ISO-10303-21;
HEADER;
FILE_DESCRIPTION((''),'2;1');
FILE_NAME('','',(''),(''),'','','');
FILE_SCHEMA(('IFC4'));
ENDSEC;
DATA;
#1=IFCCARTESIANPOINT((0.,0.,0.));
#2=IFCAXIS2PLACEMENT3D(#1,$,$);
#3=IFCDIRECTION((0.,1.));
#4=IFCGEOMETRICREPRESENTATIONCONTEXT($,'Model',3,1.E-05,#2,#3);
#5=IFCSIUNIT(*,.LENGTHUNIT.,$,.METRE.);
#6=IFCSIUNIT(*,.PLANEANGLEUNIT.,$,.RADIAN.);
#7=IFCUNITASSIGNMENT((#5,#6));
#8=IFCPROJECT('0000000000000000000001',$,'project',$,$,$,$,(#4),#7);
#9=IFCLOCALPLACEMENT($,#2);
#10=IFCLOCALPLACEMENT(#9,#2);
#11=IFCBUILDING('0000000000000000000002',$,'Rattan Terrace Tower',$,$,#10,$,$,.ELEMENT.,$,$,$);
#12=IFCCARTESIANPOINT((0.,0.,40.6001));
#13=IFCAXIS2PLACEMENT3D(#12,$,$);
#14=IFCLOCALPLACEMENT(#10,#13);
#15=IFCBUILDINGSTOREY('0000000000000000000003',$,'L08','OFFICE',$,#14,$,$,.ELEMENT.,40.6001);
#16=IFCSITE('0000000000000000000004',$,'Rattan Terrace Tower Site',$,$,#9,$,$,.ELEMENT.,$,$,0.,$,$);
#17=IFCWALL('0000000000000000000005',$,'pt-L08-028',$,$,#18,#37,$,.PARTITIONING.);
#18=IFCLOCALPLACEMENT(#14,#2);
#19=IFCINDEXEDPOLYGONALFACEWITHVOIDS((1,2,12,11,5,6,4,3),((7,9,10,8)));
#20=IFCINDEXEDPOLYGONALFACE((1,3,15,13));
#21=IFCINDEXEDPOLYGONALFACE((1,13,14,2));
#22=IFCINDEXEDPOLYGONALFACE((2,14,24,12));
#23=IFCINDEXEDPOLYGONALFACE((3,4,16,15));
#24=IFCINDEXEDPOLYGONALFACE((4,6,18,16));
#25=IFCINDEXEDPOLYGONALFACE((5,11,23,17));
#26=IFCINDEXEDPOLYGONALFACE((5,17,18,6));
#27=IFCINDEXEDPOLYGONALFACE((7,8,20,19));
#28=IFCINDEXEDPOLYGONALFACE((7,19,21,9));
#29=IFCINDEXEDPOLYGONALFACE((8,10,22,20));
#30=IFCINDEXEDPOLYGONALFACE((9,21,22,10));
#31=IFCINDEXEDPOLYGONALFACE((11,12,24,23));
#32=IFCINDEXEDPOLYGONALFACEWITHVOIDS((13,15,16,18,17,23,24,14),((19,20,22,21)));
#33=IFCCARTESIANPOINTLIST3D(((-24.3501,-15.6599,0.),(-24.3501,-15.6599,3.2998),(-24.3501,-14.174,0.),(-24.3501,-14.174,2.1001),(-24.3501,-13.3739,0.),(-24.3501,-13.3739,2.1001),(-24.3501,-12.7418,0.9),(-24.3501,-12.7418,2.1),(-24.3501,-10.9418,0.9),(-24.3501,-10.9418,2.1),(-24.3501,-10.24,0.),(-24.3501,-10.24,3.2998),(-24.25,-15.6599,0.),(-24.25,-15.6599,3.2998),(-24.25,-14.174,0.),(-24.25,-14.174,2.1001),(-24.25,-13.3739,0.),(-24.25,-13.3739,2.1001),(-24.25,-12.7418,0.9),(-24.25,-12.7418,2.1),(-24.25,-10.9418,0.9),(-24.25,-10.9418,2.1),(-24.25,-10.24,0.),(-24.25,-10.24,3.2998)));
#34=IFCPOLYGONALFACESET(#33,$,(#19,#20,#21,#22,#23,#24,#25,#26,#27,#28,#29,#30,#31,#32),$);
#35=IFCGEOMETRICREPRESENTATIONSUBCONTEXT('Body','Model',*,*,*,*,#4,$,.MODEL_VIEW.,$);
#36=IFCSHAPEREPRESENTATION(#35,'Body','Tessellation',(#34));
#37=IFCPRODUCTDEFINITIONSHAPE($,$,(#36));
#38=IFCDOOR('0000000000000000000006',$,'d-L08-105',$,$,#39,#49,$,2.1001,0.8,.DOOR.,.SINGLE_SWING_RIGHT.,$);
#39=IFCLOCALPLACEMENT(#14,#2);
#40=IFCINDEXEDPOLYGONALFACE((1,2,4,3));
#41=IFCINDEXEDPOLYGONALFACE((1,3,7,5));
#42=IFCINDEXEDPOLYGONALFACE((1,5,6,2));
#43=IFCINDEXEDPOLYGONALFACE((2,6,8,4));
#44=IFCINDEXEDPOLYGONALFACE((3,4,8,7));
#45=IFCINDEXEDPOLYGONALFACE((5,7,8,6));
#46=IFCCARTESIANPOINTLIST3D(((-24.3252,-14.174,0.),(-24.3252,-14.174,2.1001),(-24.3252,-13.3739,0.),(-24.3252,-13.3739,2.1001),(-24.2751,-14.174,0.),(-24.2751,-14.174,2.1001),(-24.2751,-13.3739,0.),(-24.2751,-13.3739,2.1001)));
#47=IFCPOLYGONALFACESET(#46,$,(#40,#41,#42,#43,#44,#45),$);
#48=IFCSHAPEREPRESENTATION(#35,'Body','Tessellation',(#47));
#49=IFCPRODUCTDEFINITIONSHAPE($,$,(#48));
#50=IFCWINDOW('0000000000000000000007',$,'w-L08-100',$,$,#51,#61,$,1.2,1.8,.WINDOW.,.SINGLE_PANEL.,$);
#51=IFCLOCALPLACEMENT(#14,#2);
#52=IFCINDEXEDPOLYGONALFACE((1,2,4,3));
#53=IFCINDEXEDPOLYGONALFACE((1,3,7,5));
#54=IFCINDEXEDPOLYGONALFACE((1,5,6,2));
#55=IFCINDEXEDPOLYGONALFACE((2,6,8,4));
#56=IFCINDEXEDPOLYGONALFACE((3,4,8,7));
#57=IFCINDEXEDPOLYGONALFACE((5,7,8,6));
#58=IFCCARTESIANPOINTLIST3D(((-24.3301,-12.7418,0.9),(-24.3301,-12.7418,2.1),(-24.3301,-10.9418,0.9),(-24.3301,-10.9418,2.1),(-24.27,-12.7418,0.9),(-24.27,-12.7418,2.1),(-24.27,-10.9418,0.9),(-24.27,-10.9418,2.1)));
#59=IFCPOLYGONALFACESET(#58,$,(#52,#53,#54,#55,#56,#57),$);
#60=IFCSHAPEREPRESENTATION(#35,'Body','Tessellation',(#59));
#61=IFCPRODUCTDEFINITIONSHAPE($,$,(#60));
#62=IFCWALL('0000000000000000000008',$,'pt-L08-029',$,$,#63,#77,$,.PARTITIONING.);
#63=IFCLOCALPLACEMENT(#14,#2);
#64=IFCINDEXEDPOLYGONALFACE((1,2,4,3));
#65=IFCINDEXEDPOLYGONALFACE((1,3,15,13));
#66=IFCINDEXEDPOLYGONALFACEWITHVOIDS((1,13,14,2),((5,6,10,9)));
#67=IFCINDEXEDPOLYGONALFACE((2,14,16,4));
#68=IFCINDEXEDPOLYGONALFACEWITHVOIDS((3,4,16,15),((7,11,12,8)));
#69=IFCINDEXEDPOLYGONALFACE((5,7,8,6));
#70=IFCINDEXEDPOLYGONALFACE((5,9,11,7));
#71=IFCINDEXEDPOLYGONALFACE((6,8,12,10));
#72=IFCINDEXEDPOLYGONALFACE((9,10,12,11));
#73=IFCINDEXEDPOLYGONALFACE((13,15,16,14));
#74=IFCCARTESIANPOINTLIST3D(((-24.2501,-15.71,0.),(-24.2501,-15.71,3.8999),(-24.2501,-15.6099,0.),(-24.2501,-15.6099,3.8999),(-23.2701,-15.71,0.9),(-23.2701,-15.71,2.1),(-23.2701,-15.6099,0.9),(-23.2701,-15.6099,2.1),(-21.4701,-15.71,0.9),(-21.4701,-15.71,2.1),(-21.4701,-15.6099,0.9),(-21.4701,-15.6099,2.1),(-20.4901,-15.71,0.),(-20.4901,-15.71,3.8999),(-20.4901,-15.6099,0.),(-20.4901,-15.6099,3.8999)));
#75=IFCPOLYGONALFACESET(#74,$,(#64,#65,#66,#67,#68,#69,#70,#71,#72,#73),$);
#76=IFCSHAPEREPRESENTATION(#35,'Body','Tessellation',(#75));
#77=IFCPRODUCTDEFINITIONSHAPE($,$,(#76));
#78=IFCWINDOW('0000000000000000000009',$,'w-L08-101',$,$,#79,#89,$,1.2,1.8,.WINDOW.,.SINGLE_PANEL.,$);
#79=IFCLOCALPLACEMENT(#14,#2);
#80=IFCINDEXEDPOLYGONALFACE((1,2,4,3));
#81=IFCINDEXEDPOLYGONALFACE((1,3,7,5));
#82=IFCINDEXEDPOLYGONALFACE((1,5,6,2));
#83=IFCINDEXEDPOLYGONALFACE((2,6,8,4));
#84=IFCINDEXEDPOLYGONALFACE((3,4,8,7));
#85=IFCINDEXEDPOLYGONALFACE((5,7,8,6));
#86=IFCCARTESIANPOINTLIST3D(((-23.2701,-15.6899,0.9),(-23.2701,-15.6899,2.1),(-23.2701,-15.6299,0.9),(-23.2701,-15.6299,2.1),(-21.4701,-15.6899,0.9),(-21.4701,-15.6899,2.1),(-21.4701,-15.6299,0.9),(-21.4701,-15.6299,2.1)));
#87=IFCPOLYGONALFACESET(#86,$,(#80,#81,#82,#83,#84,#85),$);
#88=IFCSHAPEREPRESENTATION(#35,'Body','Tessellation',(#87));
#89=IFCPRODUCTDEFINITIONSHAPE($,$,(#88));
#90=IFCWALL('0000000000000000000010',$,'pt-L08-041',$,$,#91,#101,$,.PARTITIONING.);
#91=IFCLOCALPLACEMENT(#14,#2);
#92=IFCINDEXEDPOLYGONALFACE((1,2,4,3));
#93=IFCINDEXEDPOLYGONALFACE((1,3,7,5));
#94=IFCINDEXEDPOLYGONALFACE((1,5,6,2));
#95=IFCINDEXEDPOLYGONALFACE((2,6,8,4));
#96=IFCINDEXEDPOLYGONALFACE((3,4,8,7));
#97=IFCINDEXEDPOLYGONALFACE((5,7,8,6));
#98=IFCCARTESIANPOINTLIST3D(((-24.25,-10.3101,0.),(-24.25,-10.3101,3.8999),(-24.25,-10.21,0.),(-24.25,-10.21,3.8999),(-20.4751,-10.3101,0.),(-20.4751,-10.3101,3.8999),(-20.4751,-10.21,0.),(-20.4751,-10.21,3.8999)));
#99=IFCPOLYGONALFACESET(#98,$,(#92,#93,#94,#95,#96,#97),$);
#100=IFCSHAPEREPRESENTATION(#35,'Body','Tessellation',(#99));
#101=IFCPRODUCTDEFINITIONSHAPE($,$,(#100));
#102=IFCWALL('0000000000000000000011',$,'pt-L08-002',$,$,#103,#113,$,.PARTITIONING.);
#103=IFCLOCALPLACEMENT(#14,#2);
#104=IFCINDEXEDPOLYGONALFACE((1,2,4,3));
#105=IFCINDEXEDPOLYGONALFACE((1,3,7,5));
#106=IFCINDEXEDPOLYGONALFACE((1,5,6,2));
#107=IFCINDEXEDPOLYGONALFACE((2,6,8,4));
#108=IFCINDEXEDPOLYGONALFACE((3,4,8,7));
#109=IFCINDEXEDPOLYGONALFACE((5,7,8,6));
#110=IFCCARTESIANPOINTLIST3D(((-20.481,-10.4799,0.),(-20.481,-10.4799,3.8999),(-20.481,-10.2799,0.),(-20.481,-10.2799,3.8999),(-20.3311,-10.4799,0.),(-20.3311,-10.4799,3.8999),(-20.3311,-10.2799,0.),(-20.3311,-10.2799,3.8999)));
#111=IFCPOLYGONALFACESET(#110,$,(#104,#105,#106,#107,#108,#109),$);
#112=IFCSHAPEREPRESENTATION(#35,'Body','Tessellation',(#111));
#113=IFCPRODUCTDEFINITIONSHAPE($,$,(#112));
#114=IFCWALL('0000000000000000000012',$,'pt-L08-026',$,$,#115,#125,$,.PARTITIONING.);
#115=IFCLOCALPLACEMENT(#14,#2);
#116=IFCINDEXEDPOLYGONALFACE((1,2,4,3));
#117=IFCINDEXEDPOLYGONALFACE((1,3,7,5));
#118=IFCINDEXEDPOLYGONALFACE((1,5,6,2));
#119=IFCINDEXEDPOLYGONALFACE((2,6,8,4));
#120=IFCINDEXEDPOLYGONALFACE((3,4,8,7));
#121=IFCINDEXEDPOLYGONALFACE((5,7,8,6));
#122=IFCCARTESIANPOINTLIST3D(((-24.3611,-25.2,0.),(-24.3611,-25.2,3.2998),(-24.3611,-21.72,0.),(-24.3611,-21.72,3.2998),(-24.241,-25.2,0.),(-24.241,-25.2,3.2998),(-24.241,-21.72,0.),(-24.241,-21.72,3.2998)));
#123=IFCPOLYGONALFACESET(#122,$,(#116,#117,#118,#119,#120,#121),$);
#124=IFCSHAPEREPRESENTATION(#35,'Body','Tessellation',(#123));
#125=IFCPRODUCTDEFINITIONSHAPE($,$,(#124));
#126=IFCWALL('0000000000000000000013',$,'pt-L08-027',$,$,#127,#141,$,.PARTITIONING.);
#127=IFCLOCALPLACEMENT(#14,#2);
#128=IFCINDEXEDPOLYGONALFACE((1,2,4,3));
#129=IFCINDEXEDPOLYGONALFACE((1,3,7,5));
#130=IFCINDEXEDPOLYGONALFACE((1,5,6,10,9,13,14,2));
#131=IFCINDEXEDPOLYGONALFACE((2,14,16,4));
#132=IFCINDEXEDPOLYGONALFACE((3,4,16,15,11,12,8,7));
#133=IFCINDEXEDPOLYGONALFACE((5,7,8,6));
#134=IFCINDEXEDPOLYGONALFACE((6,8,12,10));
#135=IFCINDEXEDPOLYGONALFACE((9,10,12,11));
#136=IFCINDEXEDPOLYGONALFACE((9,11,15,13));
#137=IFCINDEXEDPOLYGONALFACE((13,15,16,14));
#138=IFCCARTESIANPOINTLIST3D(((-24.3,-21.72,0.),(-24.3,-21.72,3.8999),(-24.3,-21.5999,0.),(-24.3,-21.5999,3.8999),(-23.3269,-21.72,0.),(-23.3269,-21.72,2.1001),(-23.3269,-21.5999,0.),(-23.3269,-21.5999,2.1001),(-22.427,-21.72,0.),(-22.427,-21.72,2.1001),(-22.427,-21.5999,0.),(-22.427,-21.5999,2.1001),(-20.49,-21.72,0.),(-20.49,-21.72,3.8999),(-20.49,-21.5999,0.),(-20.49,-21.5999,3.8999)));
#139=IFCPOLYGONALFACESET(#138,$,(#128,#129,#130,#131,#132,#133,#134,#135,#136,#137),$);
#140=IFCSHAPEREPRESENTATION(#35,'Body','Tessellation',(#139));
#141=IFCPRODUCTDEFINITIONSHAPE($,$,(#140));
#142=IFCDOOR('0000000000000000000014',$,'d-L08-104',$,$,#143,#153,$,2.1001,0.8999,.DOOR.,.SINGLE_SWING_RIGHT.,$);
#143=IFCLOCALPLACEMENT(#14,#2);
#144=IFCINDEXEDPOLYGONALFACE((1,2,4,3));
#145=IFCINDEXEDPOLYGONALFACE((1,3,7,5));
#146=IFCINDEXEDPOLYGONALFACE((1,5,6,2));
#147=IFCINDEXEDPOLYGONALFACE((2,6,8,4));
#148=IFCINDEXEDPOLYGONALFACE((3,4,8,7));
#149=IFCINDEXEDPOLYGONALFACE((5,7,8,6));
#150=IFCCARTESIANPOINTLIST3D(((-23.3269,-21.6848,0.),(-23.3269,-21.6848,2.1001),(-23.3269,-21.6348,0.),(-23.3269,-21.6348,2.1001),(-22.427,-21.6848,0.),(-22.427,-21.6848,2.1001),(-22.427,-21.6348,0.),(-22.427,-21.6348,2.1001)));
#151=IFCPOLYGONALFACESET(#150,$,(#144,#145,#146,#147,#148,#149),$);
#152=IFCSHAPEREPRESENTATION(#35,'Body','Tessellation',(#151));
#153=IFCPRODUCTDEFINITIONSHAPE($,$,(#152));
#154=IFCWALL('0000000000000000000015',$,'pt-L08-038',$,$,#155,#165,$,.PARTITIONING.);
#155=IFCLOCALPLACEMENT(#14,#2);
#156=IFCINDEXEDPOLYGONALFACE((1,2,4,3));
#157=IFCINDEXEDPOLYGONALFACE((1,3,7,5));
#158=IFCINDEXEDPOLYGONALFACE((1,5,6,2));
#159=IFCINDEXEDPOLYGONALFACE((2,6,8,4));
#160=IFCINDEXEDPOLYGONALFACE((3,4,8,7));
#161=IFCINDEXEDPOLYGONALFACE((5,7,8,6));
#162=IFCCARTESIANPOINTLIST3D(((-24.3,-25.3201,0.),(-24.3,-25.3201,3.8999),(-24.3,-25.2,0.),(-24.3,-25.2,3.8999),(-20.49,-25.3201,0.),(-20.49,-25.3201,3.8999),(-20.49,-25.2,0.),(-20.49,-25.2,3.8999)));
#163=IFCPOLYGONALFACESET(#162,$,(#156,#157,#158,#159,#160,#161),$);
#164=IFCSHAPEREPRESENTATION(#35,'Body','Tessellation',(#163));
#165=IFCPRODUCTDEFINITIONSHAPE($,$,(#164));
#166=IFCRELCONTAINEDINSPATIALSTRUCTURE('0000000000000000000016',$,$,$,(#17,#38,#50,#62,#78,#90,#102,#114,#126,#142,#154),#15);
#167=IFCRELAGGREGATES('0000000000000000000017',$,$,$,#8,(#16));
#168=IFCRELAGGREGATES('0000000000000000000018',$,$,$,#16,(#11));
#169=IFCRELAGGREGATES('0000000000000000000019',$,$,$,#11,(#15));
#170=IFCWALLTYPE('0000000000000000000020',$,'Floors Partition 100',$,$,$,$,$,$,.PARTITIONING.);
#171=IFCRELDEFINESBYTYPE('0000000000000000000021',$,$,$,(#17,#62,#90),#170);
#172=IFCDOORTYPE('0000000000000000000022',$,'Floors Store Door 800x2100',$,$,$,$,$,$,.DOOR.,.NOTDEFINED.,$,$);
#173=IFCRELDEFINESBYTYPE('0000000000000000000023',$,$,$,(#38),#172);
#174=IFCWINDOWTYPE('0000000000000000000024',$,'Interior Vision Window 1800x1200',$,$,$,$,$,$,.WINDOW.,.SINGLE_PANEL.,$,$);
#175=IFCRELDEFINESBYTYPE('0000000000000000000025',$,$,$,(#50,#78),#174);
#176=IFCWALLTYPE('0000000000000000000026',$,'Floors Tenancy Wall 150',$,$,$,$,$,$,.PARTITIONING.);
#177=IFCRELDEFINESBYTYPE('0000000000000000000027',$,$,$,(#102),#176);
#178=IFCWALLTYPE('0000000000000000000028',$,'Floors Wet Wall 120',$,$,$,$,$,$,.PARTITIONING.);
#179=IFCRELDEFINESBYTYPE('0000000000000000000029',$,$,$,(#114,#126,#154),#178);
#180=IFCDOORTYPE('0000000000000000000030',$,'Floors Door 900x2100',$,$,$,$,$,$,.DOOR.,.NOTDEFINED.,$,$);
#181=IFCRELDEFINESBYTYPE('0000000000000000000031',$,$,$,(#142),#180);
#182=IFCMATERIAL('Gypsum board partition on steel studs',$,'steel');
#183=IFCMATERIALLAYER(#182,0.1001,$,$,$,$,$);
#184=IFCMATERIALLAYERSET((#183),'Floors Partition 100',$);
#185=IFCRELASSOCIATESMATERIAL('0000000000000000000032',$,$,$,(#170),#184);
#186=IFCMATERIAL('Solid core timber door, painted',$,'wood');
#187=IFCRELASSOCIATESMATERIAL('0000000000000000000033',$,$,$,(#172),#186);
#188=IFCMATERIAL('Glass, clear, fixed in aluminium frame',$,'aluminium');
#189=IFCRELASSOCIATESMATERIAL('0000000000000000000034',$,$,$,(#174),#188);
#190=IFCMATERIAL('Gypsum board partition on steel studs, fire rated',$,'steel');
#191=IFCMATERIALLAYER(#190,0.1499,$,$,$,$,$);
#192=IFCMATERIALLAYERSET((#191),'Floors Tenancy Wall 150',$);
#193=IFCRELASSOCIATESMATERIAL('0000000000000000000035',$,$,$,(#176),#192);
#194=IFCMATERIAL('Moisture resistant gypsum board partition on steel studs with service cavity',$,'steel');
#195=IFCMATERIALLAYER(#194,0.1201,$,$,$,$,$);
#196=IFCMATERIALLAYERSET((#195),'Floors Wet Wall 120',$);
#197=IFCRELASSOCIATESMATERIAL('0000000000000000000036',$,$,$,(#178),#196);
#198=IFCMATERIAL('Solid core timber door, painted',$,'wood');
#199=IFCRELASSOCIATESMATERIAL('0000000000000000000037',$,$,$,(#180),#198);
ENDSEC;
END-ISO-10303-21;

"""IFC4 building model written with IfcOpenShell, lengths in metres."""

from ifc_helpers import new_model, si_unit, direction, frame, frame_2d, origin, place, context, subcontext, project, spatial, rectangle, extrude, material, layer, layer_set, type_object, element, fill, save


model = new_model("IFC4")

# Units and contexts
model_context = context("Model", 3, precision=1e-05, world=origin(), true_north=direction((0.0, 1.0)))
body_context = subcontext(model_context, "Body", "Model", "MODEL_VIEW")
ifc_project = project(units=[si_unit("LENGTHUNIT", "METRE"), si_unit("PLANEANGLEUNIT", "RADIAN")], contexts=[model_context])

# Site, building, storey
site_placement = place(None, origin())
site = spatial("IfcSite", under=ifc_project, at=site_placement, Name="Rattan Terrace Tower Site", CompositionType="ELEMENT", RefElevation=0.0)
building_placement = place(site_placement, origin())
building = spatial("IfcBuilding", under=site, at=building_placement, Name="Rattan Terrace Tower", CompositionType="ELEMENT")
storey_placement = place(building_placement, frame((0.0, 0.0, 40.6001)))
storey = spatial("IfcBuildingStorey", under=building, at=storey_placement, Name="L08", Description="OFFICE", CompositionType="ELEMENT", Elevation=40.6001)

# Shared definitions
ifc_material_1 = material(Name="Gypsum board partition on steel studs", Category="steel")
ifc_layer_1 = layer(ifc_material_1, 0.1001)
ifc_layer_set_1 = layer_set([ifc_layer_1], Name="Floors Partition 100")
wall_type_1 = type_object("IfcWallType", Name="Floors Partition 100", PredefinedType="PARTITIONING", material=ifc_layer_set_1)
ifc_material_2 = material(Name="Solid core timber door, painted", Category="wood")
door_type_1 = type_object("IfcDoorType", Name="Floors Store Door 800x2100", OperationType="NOTDEFINED", PredefinedType="DOOR", material=ifc_material_2)

# Wall, openings, door, window
wall_1_placement = place(storey_placement, frame((-24.3, -10.24, 0.0), z_axis=(0.0, 0.0, 1.0), x_axis=(0.0, -1.0, 0.0)))
wall_1 = element("IfcWall", 1, at=wall_1_placement, inside=storey, type_object=wall_type_1, Name="pt-L08-028", PredefinedType="PARTITIONING", context=body_context, shape_type="SweptSolid", body=[
    extrude(rectangle(XDim=5.4199, YDim=0.1001, at=frame_2d((2.71, 0.0))), origin(), (0.0, 0.0, 1.0), 3.2998),
])
opening_1_placement = place(wall_1_placement, frame((3.134, 0.0, 0.0)))
opening_1 = element("IfcOpeningElement", 2, at=opening_1_placement, cuts=wall_1, PredefinedType="OPENING", context=body_context, shape_type="SweptSolid", body=[
    extrude(rectangle(XDim=0.8, YDim=2.1001, at=frame_2d((0.3999, 1.05))), frame((0.0, 0.0605, 0.0), z_axis=(0.0, -1.0, 0.0), x_axis=(1.0, 0.0, 0.0)), (0.0, 0.0, 1.0), 0.1211),
])
opening_2_placement = place(wall_1_placement, frame((0.7019, 0.0, 0.8999)))
opening_2 = element("IfcOpeningElement", 3, at=opening_2_placement, cuts=wall_1, PredefinedType="OPENING", context=body_context, shape_type="SweptSolid", body=[
    extrude(rectangle(XDim=1.8, YDim=1.2, at=frame_2d((0.8999, 0.6001))), frame((0.0, 0.0605, 0.0), z_axis=(0.0, -1.0, 0.0), x_axis=(1.0, 0.0, 0.0)), (0.0, 0.0, 1.0), 0.1211),
])
door_1_placement = place(opening_1_placement, origin())
door_1 = element("IfcDoor", 4, at=door_1_placement, inside=storey, type_object=door_type_1, Name="d-L08-105", OperationType="SINGLE_SWING_RIGHT", OverallHeight=2.1001, OverallWidth=0.8, PredefinedType="DOOR", context=body_context, shape_type="SweptSolid", body=[
    extrude(rectangle(XDim=0.8, YDim=2.1001, at=frame_2d((0.3999, 1.05))), frame((0.0, 0.0249, 0.0), z_axis=(0.0, -1.0, 0.0), x_axis=(1.0, 0.0, 0.0)), (0.0, 0.0, 1.0), 0.05),
])
fill(opening_1, door_1)
ifc_material_3 = material(Name="Glass, clear, fixed in aluminium frame", Category="aluminium")
window_type = type_object("IfcWindowType", Name="Interior Vision Window 1800x1200", PartitioningType="SINGLE_PANEL", PredefinedType="WINDOW", material=ifc_material_3)
window_1_placement = place(opening_2_placement, origin())
window_1 = element("IfcWindow", 5, at=window_1_placement, inside=storey, type_object=window_type, Name="w-L08-100", OverallHeight=1.2, OverallWidth=1.8, PartitioningType="SINGLE_PANEL", PredefinedType="WINDOW", context=body_context, shape_type="SweptSolid", body=[
    extrude(rectangle(XDim=1.8, YDim=1.2, at=frame_2d((0.8999, 0.6001))), frame((0.0, 0.03, 0.0), z_axis=(0.0, -1.0, 0.0), x_axis=(1.0, 0.0, 0.0)), (0.0, 0.0, 1.0), 0.0601),
])
fill(opening_2, window_1)

# Wall, opening, window
wall_2_placement = place(storey_placement, frame((-24.25, -15.6599, 0.0), z_axis=(0.0, 0.0, 1.0), x_axis=(1.0, 0.0, 0.0)))
wall_2 = element("IfcWall", 6, at=wall_2_placement, inside=storey, type_object=wall_type_1, Name="pt-L08-029", PredefinedType="PARTITIONING", context=body_context, shape_type="SweptSolid", body=[
    extrude(rectangle(XDim=3.76, YDim=0.1001, at=frame_2d((1.8799, 0.0))), origin(), (0.0, 0.0, 1.0), 3.8999),
])
opening_3_placement = place(wall_2_placement, frame((0.98, 0.0, 0.8999)))
opening_3 = element("IfcOpeningElement", 7, at=opening_3_placement, cuts=wall_2, PredefinedType="OPENING", context=body_context, shape_type="SweptSolid", body=[
    extrude(rectangle(XDim=1.8, YDim=1.2, at=frame_2d((0.8999, 0.6001))), frame((0.0, 0.0605, 0.0), z_axis=(0.0, -1.0, 0.0), x_axis=(1.0, 0.0, 0.0)), (0.0, 0.0, 1.0), 0.1211),
])
window_2_placement = place(opening_3_placement, origin())
window_2 = element("IfcWindow", 8, at=window_2_placement, inside=storey, type_object=window_type, Name="w-L08-101", OverallHeight=1.2, OverallWidth=1.8, PartitioningType="SINGLE_PANEL", PredefinedType="WINDOW", context=body_context, shape_type="SweptSolid", body=[
    extrude(rectangle(XDim=1.8, YDim=1.2, at=frame_2d((0.8999, 0.6001))), frame((0.0, 0.03, 0.0), z_axis=(0.0, -1.0, 0.0), x_axis=(1.0, 0.0, 0.0)), (0.0, 0.0, 1.0), 0.0601),
])
fill(opening_3, window_2)

# Walls
wall_3_placement = place(storey_placement, frame((-24.25, -10.26, 0.0), z_axis=(0.0, 0.0, 1.0), x_axis=(1.0, 0.0, 0.0)))
element("IfcWall", 9, at=wall_3_placement, inside=storey, type_object=wall_type_1, Name="pt-L08-041", PredefinedType="PARTITIONING", context=body_context, shape_type="SweptSolid", body=[
    extrude(rectangle(XDim=3.7749, YDim=0.1001, at=frame_2d((1.8875, 0.0))), origin(), (0.0, 0.0, 1.0), 3.8999),
])
ifc_material_4 = material(Name="Gypsum board partition on steel studs, fire rated", Category="steel")
ifc_layer_2 = layer(ifc_material_4, 0.1499)
ifc_layer_set_2 = layer_set([ifc_layer_2], Name="Floors Tenancy Wall 150")
wall_type_2 = type_object("IfcWallType", Name="Floors Tenancy Wall 150", PredefinedType="PARTITIONING", material=ifc_layer_set_2)
wall_4_placement = place(storey_placement, frame((-20.406, -10.48, 0.0), z_axis=(0.0, 0.0, 1.0), x_axis=(0.0, 1.0, 0.0)))
element("IfcWall", 10, at=wall_4_placement, inside=storey, type_object=wall_type_2, Name="pt-L08-002", PredefinedType="PARTITIONING", context=body_context, shape_type="SweptSolid", body=[
    extrude(rectangle(XDim=0.2, YDim=0.1499, at=frame_2d((0.1001, 0.0))), origin(), (0.0, 0.0, 1.0), 3.8999),
])
ifc_material_5 = material(Name="Moisture resistant gypsum board partition on steel studs with service cavity", Category="steel")
ifc_layer_3 = layer(ifc_material_5, 0.1201)
ifc_layer_set_3 = layer_set([ifc_layer_3], Name="Floors Wet Wall 120")
wall_type_3 = type_object("IfcWallType", Name="Floors Wet Wall 120", PredefinedType="PARTITIONING", material=ifc_layer_set_3)
wall_5_placement = place(storey_placement, frame((-24.301, -21.72, 0.0), z_axis=(0.0, 0.0, 1.0), x_axis=(0.0, -1.0, 0.0)))
element("IfcWall", 11, at=wall_5_placement, inside=storey, type_object=wall_type_3, Name="pt-L08-026", PredefinedType="PARTITIONING", context=body_context, shape_type="SweptSolid", body=[
    extrude(rectangle(XDim=3.48, YDim=0.1201, at=frame_2d((1.74, 0.0))), origin(), (0.0, 0.0, 1.0), 3.2998),
])

# Wall, opening, door
wall_6_placement = place(storey_placement, frame((-20.49, -21.6599, 0.0), z_axis=(0.0, 0.0, 1.0), x_axis=(-1.0, 0.0, 0.0)))
wall_6 = element("IfcWall", 12, at=wall_6_placement, inside=storey, type_object=wall_type_3, Name="pt-L08-027", PredefinedType="PARTITIONING", context=body_context, shape_type="SweptSolid", body=[
    extrude(rectangle(XDim=3.8101, YDim=0.1201, at=frame_2d((1.905, 0.0))), origin(), (0.0, 0.0, 1.0), 3.8999),
])
opening_4_placement = place(wall_6_placement, frame((1.937, 0.0, 0.0)))
opening_4 = element("IfcOpeningElement", 13, at=opening_4_placement, cuts=wall_6, PredefinedType="OPENING", context=body_context, shape_type="SweptSolid", body=[
    extrude(rectangle(XDim=0.8999, YDim=2.1001, at=frame_2d((0.45, 1.05))), frame((0.0, 0.0706, 0.0), z_axis=(0.0, -1.0, 0.0), x_axis=(1.0, 0.0, 0.0)), (0.0, 0.0, 1.0), 0.1411),
])
ifc_material_6 = material(Name="Solid core timber door, painted", Category="wood")
door_type_2 = type_object("IfcDoorType", Name="Floors Door 900x2100", OperationType="NOTDEFINED", PredefinedType="DOOR", material=ifc_material_6)
door_2_placement = place(opening_4_placement, origin())
door_2 = element("IfcDoor", 14, at=door_2_placement, inside=storey, type_object=door_type_2, Name="d-L08-104", OperationType="SINGLE_SWING_RIGHT", OverallHeight=2.1001, OverallWidth=0.8999, PredefinedType="DOOR", context=body_context, shape_type="SweptSolid", body=[
    extrude(rectangle(XDim=0.8999, YDim=2.1001, at=frame_2d((0.45, 1.05))), frame((0.0, 0.0249, 0.0), z_axis=(0.0, -1.0, 0.0), x_axis=(1.0, 0.0, 0.0)), (0.0, 0.0, 1.0), 0.05),
])
fill(opening_4, door_2)

# Wall
wall_7_placement = place(storey_placement, frame((-24.3, -25.26, 0.0), z_axis=(0.0, 0.0, 1.0), x_axis=(1.0, 0.0, 0.0)))
element("IfcWall", 15, at=wall_7_placement, inside=storey, type_object=wall_type_3, Name="pt-L08-038", PredefinedType="PARTITIONING", context=body_context, shape_type="SweptSolid", body=[
    extrude(rectangle(XDim=3.8101, YDim=0.1201, at=frame_2d((1.905, 0.0))), origin(), (0.0, 0.0, 1.0), 3.8999),
])

save(model, "model.ifc")
